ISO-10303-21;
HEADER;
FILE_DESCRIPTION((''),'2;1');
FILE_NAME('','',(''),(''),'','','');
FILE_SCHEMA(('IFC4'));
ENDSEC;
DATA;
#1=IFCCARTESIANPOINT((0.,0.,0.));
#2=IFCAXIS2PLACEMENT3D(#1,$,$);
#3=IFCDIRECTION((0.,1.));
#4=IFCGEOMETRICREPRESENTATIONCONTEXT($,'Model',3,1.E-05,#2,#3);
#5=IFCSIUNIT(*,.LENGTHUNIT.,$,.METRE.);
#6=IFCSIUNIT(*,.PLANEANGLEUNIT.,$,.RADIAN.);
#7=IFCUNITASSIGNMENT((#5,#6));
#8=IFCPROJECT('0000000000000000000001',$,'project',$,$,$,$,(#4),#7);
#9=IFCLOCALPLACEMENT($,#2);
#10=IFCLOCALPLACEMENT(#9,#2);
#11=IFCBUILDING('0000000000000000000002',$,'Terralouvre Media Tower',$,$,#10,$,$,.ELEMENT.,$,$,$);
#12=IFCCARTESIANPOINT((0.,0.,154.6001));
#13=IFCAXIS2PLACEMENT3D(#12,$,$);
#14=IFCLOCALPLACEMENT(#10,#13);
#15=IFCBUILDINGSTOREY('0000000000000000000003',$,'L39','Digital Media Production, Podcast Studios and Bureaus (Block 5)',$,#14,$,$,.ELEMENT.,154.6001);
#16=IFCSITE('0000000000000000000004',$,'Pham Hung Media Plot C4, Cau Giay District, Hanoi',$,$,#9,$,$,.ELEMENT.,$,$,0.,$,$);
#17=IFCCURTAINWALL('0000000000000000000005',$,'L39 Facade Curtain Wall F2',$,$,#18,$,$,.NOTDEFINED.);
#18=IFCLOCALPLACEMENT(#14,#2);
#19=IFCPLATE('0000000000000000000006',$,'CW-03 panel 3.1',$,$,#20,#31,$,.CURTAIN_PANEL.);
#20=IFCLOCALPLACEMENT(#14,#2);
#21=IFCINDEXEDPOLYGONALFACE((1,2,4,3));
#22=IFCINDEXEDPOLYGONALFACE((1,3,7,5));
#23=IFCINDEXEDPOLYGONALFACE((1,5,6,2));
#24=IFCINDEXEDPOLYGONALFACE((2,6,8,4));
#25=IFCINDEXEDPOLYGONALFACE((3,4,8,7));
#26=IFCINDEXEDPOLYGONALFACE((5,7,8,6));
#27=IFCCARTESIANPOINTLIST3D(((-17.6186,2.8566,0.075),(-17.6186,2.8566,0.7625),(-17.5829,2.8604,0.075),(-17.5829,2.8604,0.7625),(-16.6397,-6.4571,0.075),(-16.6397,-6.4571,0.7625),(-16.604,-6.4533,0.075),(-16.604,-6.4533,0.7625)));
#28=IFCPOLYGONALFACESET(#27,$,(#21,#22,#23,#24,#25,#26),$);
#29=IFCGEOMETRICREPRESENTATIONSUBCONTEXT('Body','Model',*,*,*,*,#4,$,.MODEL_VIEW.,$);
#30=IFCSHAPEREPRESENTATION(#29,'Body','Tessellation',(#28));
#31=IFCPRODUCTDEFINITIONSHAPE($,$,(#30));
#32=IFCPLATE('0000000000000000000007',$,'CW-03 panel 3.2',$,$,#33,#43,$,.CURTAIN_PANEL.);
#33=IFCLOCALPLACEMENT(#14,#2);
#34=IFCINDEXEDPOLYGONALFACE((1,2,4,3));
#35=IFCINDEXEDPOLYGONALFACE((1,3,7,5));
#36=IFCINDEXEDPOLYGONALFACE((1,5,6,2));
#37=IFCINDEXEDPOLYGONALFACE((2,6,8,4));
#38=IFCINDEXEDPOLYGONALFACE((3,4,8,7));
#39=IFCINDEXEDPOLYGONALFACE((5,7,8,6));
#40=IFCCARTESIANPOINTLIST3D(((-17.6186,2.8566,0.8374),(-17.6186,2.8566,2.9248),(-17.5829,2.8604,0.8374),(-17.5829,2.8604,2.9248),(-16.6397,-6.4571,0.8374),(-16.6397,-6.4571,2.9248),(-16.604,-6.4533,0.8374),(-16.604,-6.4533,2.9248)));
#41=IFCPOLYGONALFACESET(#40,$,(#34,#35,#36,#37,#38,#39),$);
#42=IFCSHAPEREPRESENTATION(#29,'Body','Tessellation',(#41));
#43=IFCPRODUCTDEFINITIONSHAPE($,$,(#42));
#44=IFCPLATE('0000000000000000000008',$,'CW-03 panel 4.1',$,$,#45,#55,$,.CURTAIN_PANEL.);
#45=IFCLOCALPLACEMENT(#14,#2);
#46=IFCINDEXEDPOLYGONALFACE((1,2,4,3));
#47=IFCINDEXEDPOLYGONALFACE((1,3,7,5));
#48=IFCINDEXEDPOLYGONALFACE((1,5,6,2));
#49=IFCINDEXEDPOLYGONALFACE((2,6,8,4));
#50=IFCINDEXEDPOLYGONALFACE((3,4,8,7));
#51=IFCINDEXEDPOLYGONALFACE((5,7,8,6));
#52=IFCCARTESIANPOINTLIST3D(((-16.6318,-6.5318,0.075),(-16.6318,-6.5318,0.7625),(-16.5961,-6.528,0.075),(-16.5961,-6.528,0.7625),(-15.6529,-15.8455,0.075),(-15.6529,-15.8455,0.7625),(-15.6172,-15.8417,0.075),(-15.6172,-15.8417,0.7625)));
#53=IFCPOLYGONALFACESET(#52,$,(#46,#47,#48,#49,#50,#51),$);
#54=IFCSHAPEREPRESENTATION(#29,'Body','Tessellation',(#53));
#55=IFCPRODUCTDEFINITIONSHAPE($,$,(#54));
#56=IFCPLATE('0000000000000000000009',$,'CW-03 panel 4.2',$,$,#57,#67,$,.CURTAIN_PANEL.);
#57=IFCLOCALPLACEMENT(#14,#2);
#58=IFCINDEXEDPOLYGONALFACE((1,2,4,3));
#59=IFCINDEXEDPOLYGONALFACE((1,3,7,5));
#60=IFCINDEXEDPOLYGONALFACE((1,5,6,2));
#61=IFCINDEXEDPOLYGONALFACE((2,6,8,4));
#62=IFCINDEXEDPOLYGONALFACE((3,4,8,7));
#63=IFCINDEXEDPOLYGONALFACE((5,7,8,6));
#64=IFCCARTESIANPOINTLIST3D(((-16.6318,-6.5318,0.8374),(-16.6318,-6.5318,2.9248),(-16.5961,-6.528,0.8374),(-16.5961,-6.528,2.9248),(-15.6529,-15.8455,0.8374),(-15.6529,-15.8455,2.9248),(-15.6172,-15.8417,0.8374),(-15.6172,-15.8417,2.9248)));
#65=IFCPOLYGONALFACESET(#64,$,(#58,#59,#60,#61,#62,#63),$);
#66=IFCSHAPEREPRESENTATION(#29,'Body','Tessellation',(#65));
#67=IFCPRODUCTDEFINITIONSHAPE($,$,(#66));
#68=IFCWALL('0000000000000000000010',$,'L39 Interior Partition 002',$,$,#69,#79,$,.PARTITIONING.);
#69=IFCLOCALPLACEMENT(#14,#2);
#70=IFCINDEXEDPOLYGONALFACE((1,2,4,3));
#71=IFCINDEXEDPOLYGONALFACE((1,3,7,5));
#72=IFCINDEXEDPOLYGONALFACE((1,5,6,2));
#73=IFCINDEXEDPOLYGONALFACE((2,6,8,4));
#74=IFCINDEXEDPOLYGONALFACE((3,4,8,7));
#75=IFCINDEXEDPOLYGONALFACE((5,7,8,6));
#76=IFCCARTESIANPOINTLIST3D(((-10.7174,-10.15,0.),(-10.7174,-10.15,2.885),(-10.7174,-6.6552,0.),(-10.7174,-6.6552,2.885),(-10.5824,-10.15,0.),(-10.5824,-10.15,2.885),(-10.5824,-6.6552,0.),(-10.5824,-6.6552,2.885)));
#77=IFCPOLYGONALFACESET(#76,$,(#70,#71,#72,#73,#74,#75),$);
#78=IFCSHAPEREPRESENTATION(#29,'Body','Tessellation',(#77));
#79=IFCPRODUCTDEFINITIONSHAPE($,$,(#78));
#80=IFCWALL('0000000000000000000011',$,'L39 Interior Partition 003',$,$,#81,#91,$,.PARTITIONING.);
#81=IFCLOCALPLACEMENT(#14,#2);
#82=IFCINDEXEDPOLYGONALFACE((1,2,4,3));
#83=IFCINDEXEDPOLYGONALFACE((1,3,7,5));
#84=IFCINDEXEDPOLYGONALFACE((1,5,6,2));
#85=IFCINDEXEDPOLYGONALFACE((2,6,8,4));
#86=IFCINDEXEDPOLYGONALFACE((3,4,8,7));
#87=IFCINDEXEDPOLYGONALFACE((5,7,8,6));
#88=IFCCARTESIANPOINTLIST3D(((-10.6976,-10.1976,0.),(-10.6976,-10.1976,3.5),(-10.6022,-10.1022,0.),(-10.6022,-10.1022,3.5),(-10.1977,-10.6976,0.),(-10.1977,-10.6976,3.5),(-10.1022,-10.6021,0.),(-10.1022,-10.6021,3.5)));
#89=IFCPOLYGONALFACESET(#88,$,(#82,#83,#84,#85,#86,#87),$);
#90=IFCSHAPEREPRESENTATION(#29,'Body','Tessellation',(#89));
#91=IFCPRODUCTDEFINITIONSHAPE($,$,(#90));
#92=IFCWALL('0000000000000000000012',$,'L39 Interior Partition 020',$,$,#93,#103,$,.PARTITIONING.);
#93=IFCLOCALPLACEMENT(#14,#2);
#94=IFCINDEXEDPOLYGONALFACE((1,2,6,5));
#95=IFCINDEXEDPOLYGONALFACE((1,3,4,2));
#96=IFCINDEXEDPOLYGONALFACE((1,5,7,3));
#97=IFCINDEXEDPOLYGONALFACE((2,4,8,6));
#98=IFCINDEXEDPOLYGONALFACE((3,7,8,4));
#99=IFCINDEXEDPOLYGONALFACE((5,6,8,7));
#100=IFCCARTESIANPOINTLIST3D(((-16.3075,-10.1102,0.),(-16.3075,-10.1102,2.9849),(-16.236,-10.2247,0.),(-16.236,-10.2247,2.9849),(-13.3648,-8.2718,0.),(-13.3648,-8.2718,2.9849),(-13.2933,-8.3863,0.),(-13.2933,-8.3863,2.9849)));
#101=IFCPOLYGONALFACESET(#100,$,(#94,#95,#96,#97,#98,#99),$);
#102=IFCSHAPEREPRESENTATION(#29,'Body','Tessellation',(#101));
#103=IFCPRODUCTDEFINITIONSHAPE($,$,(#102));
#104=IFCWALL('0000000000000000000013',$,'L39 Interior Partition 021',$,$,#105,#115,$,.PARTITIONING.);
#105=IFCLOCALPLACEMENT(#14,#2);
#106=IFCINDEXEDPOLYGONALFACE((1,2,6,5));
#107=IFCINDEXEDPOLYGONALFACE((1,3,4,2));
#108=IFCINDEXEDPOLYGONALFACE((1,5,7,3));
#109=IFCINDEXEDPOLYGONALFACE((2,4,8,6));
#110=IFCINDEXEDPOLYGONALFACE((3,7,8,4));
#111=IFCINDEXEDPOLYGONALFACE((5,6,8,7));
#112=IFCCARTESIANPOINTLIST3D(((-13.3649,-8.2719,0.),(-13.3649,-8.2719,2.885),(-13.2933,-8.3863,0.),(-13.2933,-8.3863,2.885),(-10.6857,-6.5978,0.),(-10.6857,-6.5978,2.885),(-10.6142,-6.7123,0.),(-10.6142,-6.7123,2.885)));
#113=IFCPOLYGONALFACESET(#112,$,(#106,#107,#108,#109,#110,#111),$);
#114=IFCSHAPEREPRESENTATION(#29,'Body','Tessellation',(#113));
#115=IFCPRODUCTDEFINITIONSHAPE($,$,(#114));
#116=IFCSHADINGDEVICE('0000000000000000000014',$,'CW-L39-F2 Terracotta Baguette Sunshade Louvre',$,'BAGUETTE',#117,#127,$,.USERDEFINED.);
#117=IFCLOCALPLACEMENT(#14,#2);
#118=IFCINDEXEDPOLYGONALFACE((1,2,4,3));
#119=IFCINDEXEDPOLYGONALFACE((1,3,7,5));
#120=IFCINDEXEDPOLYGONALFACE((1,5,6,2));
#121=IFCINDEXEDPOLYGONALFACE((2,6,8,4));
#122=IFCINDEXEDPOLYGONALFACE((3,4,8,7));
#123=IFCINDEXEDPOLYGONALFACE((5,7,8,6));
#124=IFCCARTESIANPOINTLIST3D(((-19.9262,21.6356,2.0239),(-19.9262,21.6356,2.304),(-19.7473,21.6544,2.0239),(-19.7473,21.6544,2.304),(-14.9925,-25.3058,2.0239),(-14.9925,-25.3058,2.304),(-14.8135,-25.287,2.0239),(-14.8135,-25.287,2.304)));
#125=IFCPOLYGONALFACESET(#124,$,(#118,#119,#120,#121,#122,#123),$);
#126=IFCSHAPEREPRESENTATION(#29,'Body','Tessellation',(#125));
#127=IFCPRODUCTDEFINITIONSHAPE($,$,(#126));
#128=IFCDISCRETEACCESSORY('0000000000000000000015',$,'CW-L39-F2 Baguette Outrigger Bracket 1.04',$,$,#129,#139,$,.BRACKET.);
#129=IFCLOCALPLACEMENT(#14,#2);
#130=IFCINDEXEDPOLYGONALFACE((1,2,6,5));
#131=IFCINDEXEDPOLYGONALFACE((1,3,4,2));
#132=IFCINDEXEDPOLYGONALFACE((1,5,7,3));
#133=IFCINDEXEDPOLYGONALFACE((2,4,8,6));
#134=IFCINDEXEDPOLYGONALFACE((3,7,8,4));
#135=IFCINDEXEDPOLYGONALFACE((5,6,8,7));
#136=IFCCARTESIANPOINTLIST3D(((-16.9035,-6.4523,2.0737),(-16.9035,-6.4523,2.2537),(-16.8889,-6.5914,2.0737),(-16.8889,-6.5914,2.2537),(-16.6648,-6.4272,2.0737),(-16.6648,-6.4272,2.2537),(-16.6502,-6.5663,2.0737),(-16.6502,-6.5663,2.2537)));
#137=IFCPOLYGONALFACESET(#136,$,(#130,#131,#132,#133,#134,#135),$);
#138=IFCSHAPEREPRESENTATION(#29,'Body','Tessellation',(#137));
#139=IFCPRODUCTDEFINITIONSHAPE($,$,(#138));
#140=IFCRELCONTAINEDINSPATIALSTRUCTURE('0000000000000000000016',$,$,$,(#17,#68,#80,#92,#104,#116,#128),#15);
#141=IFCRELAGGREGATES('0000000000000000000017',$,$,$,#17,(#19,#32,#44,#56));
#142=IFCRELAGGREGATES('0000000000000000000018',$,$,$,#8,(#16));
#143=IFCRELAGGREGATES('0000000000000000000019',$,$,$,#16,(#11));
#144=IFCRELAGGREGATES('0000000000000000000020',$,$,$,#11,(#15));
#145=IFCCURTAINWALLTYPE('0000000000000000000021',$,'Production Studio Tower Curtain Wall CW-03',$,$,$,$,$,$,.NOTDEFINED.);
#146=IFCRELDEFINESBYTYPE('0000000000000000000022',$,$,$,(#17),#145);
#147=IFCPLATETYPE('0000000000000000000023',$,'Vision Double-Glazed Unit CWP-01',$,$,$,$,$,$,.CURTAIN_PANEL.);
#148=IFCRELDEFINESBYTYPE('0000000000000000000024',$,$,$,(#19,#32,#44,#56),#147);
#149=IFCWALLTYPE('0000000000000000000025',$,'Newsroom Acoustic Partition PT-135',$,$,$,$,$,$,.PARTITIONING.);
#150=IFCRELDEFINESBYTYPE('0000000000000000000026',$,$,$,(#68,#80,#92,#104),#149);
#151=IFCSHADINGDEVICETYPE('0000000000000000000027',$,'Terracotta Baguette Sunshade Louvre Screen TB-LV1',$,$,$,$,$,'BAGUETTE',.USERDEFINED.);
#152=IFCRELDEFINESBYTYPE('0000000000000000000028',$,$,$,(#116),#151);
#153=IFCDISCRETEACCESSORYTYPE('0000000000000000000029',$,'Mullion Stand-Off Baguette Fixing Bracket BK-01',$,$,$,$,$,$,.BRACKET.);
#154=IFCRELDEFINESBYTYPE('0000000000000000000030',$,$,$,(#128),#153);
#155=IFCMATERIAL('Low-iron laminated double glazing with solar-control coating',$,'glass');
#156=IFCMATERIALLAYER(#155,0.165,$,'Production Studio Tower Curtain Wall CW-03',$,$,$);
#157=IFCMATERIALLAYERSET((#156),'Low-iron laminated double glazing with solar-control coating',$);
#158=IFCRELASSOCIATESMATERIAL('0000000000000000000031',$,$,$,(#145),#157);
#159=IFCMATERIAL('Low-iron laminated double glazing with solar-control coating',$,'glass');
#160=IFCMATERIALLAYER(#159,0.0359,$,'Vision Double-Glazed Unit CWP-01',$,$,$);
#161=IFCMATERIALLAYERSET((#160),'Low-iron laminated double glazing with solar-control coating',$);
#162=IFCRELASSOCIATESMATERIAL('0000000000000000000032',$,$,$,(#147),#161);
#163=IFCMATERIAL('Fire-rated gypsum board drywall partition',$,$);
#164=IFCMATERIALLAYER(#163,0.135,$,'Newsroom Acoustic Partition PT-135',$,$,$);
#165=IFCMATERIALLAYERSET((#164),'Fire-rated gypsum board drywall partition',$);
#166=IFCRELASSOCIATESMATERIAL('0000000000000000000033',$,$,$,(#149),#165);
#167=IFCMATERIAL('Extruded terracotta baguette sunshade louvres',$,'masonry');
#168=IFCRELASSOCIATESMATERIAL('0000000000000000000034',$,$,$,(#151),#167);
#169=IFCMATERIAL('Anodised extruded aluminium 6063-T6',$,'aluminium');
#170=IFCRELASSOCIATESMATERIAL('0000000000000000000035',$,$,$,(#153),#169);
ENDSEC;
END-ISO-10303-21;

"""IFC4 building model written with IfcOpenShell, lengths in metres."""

from ifc_helpers import new_model, si_unit, direction, frame, frame_2d, origin, origin_2d, place, context, subcontext, project, spatial, rectangle, extrude, material, layer, layer_set, type_object, element, aggregate, save


model = new_model("IFC4")

# Units and contexts
model_context = context("Model", 3, precision=1e-05, world=origin(), true_north=direction((0.0, 1.0)))
body_context = subcontext(model_context, "Body", "Model", "MODEL_VIEW")
ifc_project = project(units=[si_unit("LENGTHUNIT", "METRE"), si_unit("PLANEANGLEUNIT", "RADIAN")], contexts=[model_context])

# Site, building, storey
site_placement = place(None, origin())
site = spatial("IfcSite", under=ifc_project, at=site_placement, Name="Pham Hung Media Plot C4, Cau Giay District, Hanoi", CompositionType="ELEMENT", RefElevation=0.0)
building_placement = place(site_placement, origin())
building = spatial("IfcBuilding", under=site, at=building_placement, Name="Terralouvre Media Tower", CompositionType="ELEMENT")
storey_placement = place(building_placement, frame((0.0, 0.0, 154.6001)))
storey = spatial("IfcBuildingStorey", under=building, at=storey_placement, Name="L39", Description="Digital Media Production, Podcast Studios and Bureaus (Block 5)", CompositionType="ELEMENT", Elevation=154.6001)

# Curtain wall
ifc_material_1 = material(Name="Low-iron laminated double glazing with solar-control coating", Category="glass")
ifc_layer_1 = layer(ifc_material_1, 0.165, Name="Production Studio Tower Curtain Wall CW-03")
ifc_layer_set_1 = layer_set([ifc_layer_1], Name="Low-iron laminated double glazing with solar-control coating")
curtain_wall_type = type_object("IfcCurtainWallType", Name="Production Studio Tower Curtain Wall CW-03", PredefinedType="NOTDEFINED", material=ifc_layer_set_1)
curtain_wall_placement = place(storey_placement, origin())
curtain_wall = element("IfcCurtainWall", 1, at=curtain_wall_placement, inside=storey, type_object=curtain_wall_type, Name="L39 Facade Curtain Wall F2", PredefinedType="NOTDEFINED")

# Plates
ifc_material_2 = material(Name="Low-iron laminated double glazing with solar-control coating", Category="glass")
ifc_layer_2 = layer(ifc_material_2, 0.0359, Name="Vision Double-Glazed Unit CWP-01")
ifc_layer_set_2 = layer_set([ifc_layer_2], Name="Low-iron laminated double glazing with solar-control coating")
plate_type = type_object("IfcPlateType", Name="Vision Double-Glazed Unit CWP-01", PredefinedType="CURTAIN_PANEL", material=ifc_layer_set_2)
plate_1_placement = place(storey_placement, frame((-17.1113, -1.7983, 0.075), z_axis=(0.0, 0.0, 1.0), x_axis=(0.104528, -0.994522, 0.0)))
plate_1 = element("IfcPlate", 2, at=plate_1_placement, type_object=plate_type, Name="CW-03 panel 3.1", PredefinedType="CURTAIN_PANEL", context=body_context, shape_type="SweptSolid", body=[
    extrude(rectangle(XDim=9.365, YDim=0.0359, at=origin_2d()), origin(), (0.0, 0.0, 1.0), 0.6875),
])
plate_2_placement = place(storey_placement, frame((-17.1113, -1.7983, 0.8374), z_axis=(0.0, 0.0, 1.0), x_axis=(0.104528, -0.994522, 0.0)))
plate_2 = element("IfcPlate", 3, at=plate_2_placement, type_object=plate_type, Name="CW-03 panel 3.2", PredefinedType="CURTAIN_PANEL", context=body_context, shape_type="SweptSolid", body=[
    extrude(rectangle(XDim=9.365, YDim=0.0359, at=origin_2d()), origin(), (0.0, 0.0, 1.0), 2.0874),
])
plate_3_placement = place(storey_placement, frame((-16.1245, -11.1868, 0.075), z_axis=(0.0, 0.0, 1.0), x_axis=(0.104528, -0.994522, 0.0)))
plate_3 = element("IfcPlate", 4, at=plate_3_placement, type_object=plate_type, Name="CW-03 panel 4.1", PredefinedType="CURTAIN_PANEL", context=body_context, shape_type="SweptSolid", body=[
    extrude(rectangle(XDim=9.365, YDim=0.0359, at=origin_2d()), origin(), (0.0, 0.0, 1.0), 0.6875),
])
plate_4_placement = place(storey_placement, frame((-16.1245, -11.1868, 0.8374), z_axis=(0.0, 0.0, 1.0), x_axis=(0.104528, -0.994522, 0.0)))
plate_4 = element("IfcPlate", 5, at=plate_4_placement, type_object=plate_type, Name="CW-03 panel 4.2", PredefinedType="CURTAIN_PANEL", context=body_context, shape_type="SweptSolid", body=[
    extrude(rectangle(XDim=9.365, YDim=0.0359, at=origin_2d()), origin(), (0.0, 0.0, 1.0), 2.0874),
])
aggregate(curtain_wall, [plate_1, plate_2, plate_3, plate_4])

# Walls
ifc_material_3 = material(Name="Fire-rated gypsum board drywall partition")
ifc_layer_3 = layer(ifc_material_3, 0.135, Name="Newsroom Acoustic Partition PT-135")
ifc_layer_set_3 = layer_set([ifc_layer_3], Name="Fire-rated gypsum board drywall partition")
wall_type = type_object("IfcWallType", Name="Newsroom Acoustic Partition PT-135", PredefinedType="PARTITIONING", material=ifc_layer_set_3)
wall_1_placement = place(storey_placement, frame((-10.6499, -6.655, 0.0), z_axis=(0.0, 0.0, 1.0), x_axis=(0.0, -1.0, 0.0)))
element("IfcWall", 6, at=wall_1_placement, inside=storey, type_object=wall_type, Name="L39 Interior Partition 002", PredefinedType="PARTITIONING", context=body_context, shape_type="SweptSolid", body=[
    extrude(rectangle(XDim=3.4949, YDim=0.135, at=frame_2d((1.7476, 0.0))), origin(), (0.0, 0.0, 1.0), 2.885),
])
wall_2_placement = place(storey_placement, frame((-10.6499, -10.1499, 0.0), z_axis=(0.0, 0.0, 1.0), x_axis=(0.707107, -0.707107, 0.0)))
element("IfcWall", 7, at=wall_2_placement, inside=storey, type_object=wall_type, Name="L39 Interior Partition 003", PredefinedType="PARTITIONING", context=body_context, shape_type="SweptSolid", body=[
    extrude(rectangle(XDim=0.707, YDim=0.135, at=frame_2d((0.3535, 0.0))), origin(), (0.0, 0.0, 1.0), 3.5),
])
wall_3_placement = place(storey_placement, frame((-16.2717, -10.1675, 0.0), z_axis=(0.0, 0.0, 1.0), x_axis=(0.848097, 0.529841, 0.0)))
element("IfcWall", 8, at=wall_3_placement, inside=storey, type_object=wall_type, Name="L39 Interior Partition 020", PredefinedType="PARTITIONING", context=body_context, shape_type="SweptSolid", body=[
    extrude(rectangle(XDim=3.4697, YDim=0.135, at=frame_2d((1.7349, 0.0))), origin(), (0.0, 0.0, 1.0), 2.9849),
])
wall_4_placement = place(storey_placement, frame((-13.3291, -8.3291, 0.0), z_axis=(0.0, 0.0, 1.0), x_axis=(0.848059, 0.529902, 0.0)))
element("IfcWall", 9, at=wall_4_placement, inside=storey, type_object=wall_type, Name="L39 Interior Partition 021", PredefinedType="PARTITIONING", context=body_context, shape_type="SweptSolid", body=[
    extrude(rectangle(XDim=3.1592, YDim=0.135, at=frame_2d((1.5796, 0.0))), origin(), (0.0, 0.0, 1.0), 2.885),
])

# Shading device
ifc_material_4 = material(Name="Extruded terracotta baguette sunshade louvres", Category="masonry")
shading_device_type = type_object("IfcShadingDeviceType", Name="Terracotta Baguette Sunshade Louvre Screen TB-LV1", ElementType="BAGUETTE", PredefinedType="USERDEFINED", material=ifc_material_4)
shading_device_placement = place(storey_placement, frame((-17.3699, -1.8257, 2.0239), z_axis=(0.0, 0.0, 1.0), x_axis=(0.104528, -0.994522, 0.0)))
element("IfcShadingDevice", 10, at=shading_device_placement, inside=storey, type_object=shading_device_type, Name="CW-L39-F2 Terracotta Baguette Sunshade Louvre", ObjectType="BAGUETTE", PredefinedType="USERDEFINED", context=body_context, shape_type="SweptSolid", body=[
    extrude(rectangle(XDim=47.2, YDim=0.1799, at=origin_2d()), origin(), (0.0, 0.0, 1.0), 0.28),
])

# Discrete accessory
ifc_material_5 = material(Name="Anodised extruded aluminium 6063-T6", Category="aluminium")
discrete_accessory_type = type_object("IfcDiscreteAccessoryType", Name="Mullion Stand-Off Baguette Fixing Bracket BK-01", PredefinedType="BRACKET", material=ifc_material_5)
discrete_accessory_placement = place(storey_placement, frame((-16.7769, -6.5093, 2.0737), z_axis=(0.0, 0.0, 1.0), x_axis=(0.104528, -0.994522, 0.0)))
element("IfcDiscreteAccessory", 11, at=discrete_accessory_placement, inside=storey, type_object=discrete_accessory_type, Name="CW-L39-F2 Baguette Outrigger Bracket 1.04", PredefinedType="BRACKET", context=body_context, shape_type="SweptSolid", body=[
    extrude(rectangle(XDim=0.1399, YDim=0.24, at=origin_2d()), origin(), (0.0, 0.0, 1.0), 0.1799),
])

save(model, "model.ifc")
